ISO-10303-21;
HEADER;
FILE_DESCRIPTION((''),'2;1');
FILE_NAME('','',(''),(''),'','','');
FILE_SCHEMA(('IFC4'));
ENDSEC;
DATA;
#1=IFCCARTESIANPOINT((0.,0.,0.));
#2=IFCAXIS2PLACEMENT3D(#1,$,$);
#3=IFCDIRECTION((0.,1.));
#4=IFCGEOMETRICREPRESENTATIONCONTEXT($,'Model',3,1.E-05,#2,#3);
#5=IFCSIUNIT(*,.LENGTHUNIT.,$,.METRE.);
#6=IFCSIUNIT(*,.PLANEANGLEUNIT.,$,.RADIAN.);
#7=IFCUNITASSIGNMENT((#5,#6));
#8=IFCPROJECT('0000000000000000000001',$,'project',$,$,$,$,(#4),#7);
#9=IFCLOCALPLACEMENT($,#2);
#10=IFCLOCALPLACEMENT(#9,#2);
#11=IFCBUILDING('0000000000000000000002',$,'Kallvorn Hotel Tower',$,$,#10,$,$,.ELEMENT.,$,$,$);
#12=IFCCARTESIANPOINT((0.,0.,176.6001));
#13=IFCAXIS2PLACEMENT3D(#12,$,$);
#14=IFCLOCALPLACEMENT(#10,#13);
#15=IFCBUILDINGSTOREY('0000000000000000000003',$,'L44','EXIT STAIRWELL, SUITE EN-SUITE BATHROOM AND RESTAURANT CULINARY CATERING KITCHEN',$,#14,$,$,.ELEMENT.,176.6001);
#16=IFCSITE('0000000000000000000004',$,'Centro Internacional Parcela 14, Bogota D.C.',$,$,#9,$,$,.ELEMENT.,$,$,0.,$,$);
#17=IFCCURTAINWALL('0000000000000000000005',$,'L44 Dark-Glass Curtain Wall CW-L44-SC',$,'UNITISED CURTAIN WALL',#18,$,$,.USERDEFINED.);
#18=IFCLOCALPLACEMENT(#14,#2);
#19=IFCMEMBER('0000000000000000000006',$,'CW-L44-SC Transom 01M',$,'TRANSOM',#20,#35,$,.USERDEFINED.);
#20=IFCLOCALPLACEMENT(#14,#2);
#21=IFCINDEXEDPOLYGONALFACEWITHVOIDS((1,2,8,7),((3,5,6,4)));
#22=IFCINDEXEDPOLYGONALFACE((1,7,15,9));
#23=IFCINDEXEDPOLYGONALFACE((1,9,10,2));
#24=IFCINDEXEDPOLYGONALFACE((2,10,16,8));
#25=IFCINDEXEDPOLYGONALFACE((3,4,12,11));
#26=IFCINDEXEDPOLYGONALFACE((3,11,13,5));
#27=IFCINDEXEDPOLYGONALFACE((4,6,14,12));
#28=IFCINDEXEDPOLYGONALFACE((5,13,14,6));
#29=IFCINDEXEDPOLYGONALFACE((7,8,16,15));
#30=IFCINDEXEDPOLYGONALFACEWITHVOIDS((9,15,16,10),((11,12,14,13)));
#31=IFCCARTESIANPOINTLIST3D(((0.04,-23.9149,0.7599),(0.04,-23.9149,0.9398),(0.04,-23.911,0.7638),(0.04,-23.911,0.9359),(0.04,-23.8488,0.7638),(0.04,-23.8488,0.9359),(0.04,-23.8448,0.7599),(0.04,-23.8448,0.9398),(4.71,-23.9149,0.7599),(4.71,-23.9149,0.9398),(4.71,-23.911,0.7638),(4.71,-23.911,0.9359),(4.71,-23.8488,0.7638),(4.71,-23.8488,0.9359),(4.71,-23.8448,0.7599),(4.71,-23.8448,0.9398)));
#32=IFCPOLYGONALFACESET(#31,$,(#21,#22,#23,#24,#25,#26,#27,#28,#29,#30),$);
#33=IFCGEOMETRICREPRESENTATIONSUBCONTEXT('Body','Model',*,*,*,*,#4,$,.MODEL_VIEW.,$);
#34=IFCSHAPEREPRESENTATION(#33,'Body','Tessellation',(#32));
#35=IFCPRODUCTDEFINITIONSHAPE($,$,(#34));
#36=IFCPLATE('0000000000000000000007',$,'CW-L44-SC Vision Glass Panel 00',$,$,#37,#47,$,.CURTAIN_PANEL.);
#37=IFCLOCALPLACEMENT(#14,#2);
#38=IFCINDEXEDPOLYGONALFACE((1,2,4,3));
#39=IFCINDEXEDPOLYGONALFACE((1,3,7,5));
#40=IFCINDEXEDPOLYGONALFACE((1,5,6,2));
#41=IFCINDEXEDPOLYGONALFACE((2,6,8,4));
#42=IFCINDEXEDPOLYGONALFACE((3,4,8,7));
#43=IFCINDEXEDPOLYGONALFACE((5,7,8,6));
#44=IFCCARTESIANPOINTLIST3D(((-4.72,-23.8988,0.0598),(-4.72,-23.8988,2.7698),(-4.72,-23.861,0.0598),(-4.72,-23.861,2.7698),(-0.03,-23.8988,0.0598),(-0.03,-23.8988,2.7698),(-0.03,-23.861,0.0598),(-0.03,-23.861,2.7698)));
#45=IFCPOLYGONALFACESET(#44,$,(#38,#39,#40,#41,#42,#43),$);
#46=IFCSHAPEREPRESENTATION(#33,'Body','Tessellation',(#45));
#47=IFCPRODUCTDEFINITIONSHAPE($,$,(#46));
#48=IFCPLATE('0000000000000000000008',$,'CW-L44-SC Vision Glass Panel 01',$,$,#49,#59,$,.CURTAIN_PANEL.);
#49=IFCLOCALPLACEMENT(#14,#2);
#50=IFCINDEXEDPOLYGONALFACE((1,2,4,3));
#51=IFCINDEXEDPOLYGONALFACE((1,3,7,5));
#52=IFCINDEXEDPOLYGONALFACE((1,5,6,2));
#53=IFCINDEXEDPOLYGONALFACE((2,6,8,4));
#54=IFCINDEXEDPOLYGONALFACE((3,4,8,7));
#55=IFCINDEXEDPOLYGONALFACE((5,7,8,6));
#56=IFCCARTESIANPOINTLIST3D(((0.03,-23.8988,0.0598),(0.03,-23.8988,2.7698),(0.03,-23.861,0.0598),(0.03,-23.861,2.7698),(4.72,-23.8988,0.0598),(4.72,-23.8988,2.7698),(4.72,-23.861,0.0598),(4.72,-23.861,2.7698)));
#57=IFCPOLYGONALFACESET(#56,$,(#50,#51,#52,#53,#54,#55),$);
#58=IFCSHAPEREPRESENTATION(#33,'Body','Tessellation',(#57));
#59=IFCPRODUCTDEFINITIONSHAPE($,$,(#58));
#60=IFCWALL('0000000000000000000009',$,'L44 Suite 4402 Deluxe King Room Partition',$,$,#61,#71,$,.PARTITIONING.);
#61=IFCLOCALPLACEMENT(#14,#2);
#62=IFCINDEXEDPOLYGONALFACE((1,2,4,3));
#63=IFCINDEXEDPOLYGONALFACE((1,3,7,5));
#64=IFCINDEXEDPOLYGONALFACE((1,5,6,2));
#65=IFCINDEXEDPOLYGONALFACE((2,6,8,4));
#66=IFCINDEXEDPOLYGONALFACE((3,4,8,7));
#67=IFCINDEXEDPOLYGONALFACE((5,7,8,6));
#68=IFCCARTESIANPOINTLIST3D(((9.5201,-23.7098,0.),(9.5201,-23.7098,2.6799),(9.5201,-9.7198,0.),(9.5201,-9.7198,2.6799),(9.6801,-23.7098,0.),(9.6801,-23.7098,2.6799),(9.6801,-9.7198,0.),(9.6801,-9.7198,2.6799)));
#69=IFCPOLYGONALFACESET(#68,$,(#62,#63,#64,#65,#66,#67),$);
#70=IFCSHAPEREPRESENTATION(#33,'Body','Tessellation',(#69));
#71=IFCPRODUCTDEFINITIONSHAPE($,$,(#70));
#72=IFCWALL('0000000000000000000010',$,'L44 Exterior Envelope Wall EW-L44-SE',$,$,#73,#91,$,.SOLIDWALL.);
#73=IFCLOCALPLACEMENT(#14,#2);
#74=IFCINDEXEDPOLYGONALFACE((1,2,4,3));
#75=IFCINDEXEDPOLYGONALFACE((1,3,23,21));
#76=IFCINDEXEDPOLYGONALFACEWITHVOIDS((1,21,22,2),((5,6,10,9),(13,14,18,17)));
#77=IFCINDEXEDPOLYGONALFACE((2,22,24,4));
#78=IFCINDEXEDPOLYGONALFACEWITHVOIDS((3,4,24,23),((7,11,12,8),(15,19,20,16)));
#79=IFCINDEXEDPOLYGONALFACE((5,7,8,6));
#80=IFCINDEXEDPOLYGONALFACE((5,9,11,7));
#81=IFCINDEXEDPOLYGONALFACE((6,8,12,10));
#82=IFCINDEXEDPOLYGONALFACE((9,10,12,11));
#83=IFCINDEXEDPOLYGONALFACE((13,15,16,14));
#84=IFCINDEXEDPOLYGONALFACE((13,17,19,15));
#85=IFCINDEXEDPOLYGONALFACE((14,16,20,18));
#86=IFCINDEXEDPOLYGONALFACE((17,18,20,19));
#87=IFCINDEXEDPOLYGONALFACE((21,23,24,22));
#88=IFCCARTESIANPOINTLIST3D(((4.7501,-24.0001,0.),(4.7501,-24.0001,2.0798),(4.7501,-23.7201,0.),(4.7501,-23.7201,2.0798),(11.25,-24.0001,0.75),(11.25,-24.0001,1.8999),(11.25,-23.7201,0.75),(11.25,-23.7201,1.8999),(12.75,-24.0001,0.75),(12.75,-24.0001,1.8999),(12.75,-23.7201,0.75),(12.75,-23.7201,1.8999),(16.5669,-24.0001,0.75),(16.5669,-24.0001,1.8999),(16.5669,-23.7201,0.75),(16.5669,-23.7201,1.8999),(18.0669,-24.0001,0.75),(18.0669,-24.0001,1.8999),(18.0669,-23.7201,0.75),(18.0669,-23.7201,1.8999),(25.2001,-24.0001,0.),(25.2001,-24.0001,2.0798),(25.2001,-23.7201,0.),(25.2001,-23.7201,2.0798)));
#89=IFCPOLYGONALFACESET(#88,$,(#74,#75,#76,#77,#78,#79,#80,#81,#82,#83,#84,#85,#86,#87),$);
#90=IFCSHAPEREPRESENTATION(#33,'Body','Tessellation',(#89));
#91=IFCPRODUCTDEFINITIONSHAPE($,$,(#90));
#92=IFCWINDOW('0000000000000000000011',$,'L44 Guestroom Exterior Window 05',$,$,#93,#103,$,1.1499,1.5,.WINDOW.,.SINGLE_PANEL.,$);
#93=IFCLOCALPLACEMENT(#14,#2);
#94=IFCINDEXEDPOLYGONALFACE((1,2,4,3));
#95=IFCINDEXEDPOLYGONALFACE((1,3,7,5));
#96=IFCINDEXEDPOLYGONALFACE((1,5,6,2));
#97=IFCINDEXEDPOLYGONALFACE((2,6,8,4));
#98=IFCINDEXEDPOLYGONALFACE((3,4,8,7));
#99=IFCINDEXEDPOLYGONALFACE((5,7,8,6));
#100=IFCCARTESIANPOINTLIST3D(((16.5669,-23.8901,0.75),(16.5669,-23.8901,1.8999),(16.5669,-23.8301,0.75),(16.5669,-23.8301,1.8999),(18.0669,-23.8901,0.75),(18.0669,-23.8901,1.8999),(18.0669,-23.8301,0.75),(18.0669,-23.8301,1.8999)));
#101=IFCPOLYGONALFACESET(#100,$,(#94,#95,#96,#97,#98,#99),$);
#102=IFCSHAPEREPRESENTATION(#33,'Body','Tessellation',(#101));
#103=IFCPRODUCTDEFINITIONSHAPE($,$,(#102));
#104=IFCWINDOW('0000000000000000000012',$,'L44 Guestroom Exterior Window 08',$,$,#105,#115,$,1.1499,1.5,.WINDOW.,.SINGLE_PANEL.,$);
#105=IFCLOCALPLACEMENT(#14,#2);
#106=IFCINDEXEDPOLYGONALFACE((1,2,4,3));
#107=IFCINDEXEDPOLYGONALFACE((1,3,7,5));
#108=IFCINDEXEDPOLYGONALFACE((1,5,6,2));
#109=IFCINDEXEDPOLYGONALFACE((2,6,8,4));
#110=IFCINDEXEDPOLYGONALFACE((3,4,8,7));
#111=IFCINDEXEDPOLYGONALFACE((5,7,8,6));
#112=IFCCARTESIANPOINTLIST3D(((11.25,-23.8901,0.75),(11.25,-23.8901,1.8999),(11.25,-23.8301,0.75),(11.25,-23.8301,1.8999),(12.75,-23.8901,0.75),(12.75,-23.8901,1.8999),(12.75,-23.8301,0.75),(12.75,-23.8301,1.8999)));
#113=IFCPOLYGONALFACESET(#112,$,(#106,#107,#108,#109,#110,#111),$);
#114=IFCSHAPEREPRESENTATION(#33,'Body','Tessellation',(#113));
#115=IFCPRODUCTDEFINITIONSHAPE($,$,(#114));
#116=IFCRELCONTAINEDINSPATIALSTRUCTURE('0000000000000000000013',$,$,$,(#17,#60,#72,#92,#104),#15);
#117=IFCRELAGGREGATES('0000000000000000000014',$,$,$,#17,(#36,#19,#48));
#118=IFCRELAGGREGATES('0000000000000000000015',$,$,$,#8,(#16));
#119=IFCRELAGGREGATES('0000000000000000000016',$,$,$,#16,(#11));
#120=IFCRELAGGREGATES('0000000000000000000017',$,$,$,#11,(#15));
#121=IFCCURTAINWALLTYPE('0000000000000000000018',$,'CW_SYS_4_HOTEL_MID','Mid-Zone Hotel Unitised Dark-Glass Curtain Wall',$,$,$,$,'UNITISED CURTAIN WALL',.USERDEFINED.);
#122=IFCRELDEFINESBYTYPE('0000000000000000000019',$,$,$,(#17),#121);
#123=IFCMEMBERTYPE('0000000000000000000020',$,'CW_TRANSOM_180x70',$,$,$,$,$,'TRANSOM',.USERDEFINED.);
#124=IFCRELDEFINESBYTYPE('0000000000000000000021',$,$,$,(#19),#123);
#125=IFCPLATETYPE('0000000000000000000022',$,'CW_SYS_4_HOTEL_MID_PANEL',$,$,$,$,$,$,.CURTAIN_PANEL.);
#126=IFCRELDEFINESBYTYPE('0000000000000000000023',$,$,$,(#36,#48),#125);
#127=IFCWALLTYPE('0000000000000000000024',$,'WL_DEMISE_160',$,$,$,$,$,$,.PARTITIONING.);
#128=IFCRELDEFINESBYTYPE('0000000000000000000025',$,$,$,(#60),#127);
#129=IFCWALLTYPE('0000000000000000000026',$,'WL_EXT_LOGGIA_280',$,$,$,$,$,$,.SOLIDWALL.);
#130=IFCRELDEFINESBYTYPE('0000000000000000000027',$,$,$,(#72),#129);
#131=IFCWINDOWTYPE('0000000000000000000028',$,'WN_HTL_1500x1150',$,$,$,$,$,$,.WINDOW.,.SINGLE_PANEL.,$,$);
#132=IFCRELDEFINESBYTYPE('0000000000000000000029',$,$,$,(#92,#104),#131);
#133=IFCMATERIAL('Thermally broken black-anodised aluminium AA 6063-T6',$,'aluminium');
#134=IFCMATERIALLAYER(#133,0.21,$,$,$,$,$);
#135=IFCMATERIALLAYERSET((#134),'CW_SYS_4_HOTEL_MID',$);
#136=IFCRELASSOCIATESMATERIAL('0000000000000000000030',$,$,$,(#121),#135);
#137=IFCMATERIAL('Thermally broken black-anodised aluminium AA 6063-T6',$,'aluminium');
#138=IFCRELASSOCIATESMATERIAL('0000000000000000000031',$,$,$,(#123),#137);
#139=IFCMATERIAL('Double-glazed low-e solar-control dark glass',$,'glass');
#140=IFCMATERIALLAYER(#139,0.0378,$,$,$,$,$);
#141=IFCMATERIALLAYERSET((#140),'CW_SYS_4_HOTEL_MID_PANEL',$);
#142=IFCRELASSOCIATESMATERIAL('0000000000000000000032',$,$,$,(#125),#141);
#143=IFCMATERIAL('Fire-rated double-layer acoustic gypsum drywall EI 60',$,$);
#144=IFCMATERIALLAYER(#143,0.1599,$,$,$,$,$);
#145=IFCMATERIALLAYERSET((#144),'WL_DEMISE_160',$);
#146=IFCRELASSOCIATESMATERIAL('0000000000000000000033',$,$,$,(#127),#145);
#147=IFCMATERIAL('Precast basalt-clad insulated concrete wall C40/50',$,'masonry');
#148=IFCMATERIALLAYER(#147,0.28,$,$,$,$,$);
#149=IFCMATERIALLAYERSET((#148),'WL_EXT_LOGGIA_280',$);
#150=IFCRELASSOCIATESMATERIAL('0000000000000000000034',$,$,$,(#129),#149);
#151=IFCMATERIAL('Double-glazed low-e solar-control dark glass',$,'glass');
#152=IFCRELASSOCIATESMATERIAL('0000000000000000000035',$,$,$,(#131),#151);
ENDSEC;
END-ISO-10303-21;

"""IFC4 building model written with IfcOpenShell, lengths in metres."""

from ifc_helpers import new_model, si_unit, direction, frame, frame_2d, origin, origin_2d, place, context, subcontext, project, spatial, rectangle, hollow_rectangle, extrude, material, layer, layer_set, material_profile, profile_set, type_object, element, fill, aggregate, save


model = new_model("IFC4")

# Units and contexts
model_context = context("Model", 3, precision=1e-05, world=origin(), true_north=direction((0.0, 1.0)))
body_context = subcontext(model_context, "Body", "Model", "MODEL_VIEW")
ifc_project = project(units=[si_unit("LENGTHUNIT", "METRE"), si_unit("PLANEANGLEUNIT", "RADIAN")], contexts=[model_context])

# Site, building, storey
site_placement = place(None, origin())
site = spatial("IfcSite", under=ifc_project, at=site_placement, Name="Centro Internacional Parcela 14, Bogota D.C.", CompositionType="ELEMENT", RefElevation=0.0)
building_placement = place(site_placement, origin())
building = spatial("IfcBuilding", under=site, at=building_placement, Name="Kallvorn Hotel Tower", CompositionType="ELEMENT")
storey_placement = place(building_placement, frame((0.0, 0.0, 176.6001)))
storey = spatial("IfcBuildingStorey", under=building, at=storey_placement, Name="L44", Description="EXIT STAIRWELL, SUITE EN-SUITE BATHROOM AND RESTAURANT CULINARY CATERING KITCHEN", CompositionType="ELEMENT", Elevation=176.6001)

# Curtain wall, member, plates
ifc_material_1 = material(Name="Thermally broken black-anodised aluminium AA 6063-T6", Category="aluminium")
ifc_layer_1 = layer(ifc_material_1, 0.21)
ifc_layer_set_1 = layer_set([ifc_layer_1], Name="CW_SYS_4_HOTEL_MID")
curtain_wall_type = type_object("IfcCurtainWallType", Name="CW_SYS_4_HOTEL_MID", Description="Mid-Zone Hotel Unitised Dark-Glass Curtain Wall", ElementType="UNITISED CURTAIN WALL", PredefinedType="USERDEFINED", material=ifc_layer_set_1)
curtain_wall_placement = place(storey_placement, origin())
curtain_wall = element("IfcCurtainWall", 1, at=curtain_wall_placement, inside=storey, type_object=curtain_wall_type, Name="L44 Dark-Glass Curtain Wall CW-L44-SC", ObjectType="UNITISED CURTAIN WALL", PredefinedType="USERDEFINED")
ifc_material_2 = material(Name="Thermally broken black-anodised aluminium AA 6063-T6", Category="aluminium")
ifc_material_profile_1 = material_profile(ifc_material_2, hollow_rectangle(XDim=0.0701, YDim=0.1799, WallThickness=0.0039, at=origin_2d()), Name="TRN 180x70")
ifc_profile_set_1 = profile_set([ifc_material_profile_1], Name="Thermally broken black-anodised aluminium AA 6063-T6")
member_type_1 = type_object("IfcMemberType", Name="CW_TRANSOM_180x70", ElementType="TRANSOM", PredefinedType="USERDEFINED", material=ifc_profile_set_1)
member_1_placement = place(storey_placement, frame((0.04, -23.8799, 0.8499), z_axis=(1.0, 0.0, 0.0), x_axis=(0.0, 1.0, 0.0)))
member_1 = element("IfcMember", 2, at=member_1_placement, type_object=member_type_1, Name="CW-L44-SC Transom 01M", ObjectType="TRANSOM", PredefinedType="USERDEFINED", context=body_context, shape_type="SweptSolid", body=[
    extrude(hollow_rectangle(XDim=0.0701, YDim=0.1799, WallThickness=0.0039, at=origin_2d()), origin(), (0.0, 0.0, 1.0), 4.6699),
])
ifc_material_3 = material(Name="Double-glazed low-e solar-control dark glass", Category="glass")
ifc_layer_2 = layer(ifc_material_3, 0.0378)
ifc_layer_set_2 = layer_set([ifc_layer_2], Name="CW_SYS_4_HOTEL_MID_PANEL")
plate_type = type_object("IfcPlateType", Name="CW_SYS_4_HOTEL_MID_PANEL", PredefinedType="CURTAIN_PANEL", material=ifc_layer_set_2)
plate_1_placement = place(storey_placement, frame((-2.375, -23.8799, 0.0598), z_axis=(0.0, 0.0, 1.0), x_axis=(1.0, 0.0, 0.0)))
plate_1 = element("IfcPlate", 3, at=plate_1_placement, type_object=plate_type, Name="CW-L44-SC Vision Glass Panel 00", PredefinedType="CURTAIN_PANEL", context=body_context, shape_type="SweptSolid", body=[
    extrude(rectangle(XDim=4.6899, YDim=0.0378, at=origin_2d()), origin(), (0.0, 0.0, 1.0), 2.71),
])
plate_2_placement = place(storey_placement, frame((2.375, -23.8799, 0.0598), z_axis=(0.0, 0.0, 1.0), x_axis=(1.0, 0.0, 0.0)))
plate_2 = element("IfcPlate", 4, at=plate_2_placement, type_object=plate_type, Name="CW-L44-SC Vision Glass Panel 01", PredefinedType="CURTAIN_PANEL", context=body_context, shape_type="SweptSolid", body=[
    extrude(rectangle(XDim=4.6899, YDim=0.0378, at=origin_2d()), origin(), (0.0, 0.0, 1.0), 2.71),
])
aggregate(curtain_wall, [plate_1, member_1, plate_2])

# Wall
ifc_material_4 = material(Name="Fire-rated double-layer acoustic gypsum drywall EI 60")
ifc_layer_3 = layer(ifc_material_4, 0.1599)
ifc_layer_set_3 = layer_set([ifc_layer_3], Name="WL_DEMISE_160")
wall_type_1 = type_object("IfcWallType", Name="WL_DEMISE_160", PredefinedType="PARTITIONING", material=ifc_layer_set_3)
wall_1_placement = place(storey_placement, frame((9.6001, -23.71, 0.0), z_axis=(0.0, 0.0, 1.0), x_axis=(0.0, 1.0, 0.0)))
element("IfcWall", 5, at=wall_1_placement, inside=storey, type_object=wall_type_1, Name="L44 Suite 4402 Deluxe King Room Partition", PredefinedType="PARTITIONING", context=body_context, shape_type="SweptSolid", body=[
    extrude(rectangle(XDim=13.99, YDim=0.1599, at=frame_2d((6.9951, 0.0))), origin(), (0.0, 0.0, 1.0), 2.6799),
])

# Wall, openings, windows
ifc_material_5 = material(Name="Precast basalt-clad insulated concrete wall C40/50", Category="masonry")
ifc_layer_4 = layer(ifc_material_5, 0.28)
ifc_layer_set_4 = layer_set([ifc_layer_4], Name="WL_EXT_LOGGIA_280")
wall_type_2 = type_object("IfcWallType", Name="WL_EXT_LOGGIA_280", PredefinedType="SOLIDWALL", material=ifc_layer_set_4)
wall_2_placement = place(storey_placement, frame((4.75, -23.8601, 0.0), z_axis=(0.0, 0.0, 1.0), x_axis=(1.0, 0.0, 0.0)))
wall_2 = element("IfcWall", 6, at=wall_2_placement, inside=storey, type_object=wall_type_2, Name="L44 Exterior Envelope Wall EW-L44-SE", PredefinedType="SOLIDWALL", context=body_context, shape_type="SweptSolid", body=[
    extrude(rectangle(XDim=20.45, YDim=0.28, at=frame_2d((10.2251, 0.0))), origin(), (0.0, 0.0, 1.0), 2.0798),
])
opening_1_placement = place(wall_2_placement, frame((11.8169, 0.0, 0.75)))
opening_1 = element("IfcOpeningElement", 7, at=opening_1_placement, cuts=wall_2, PredefinedType="OPENING", context=body_context, shape_type="SweptSolid", body=[
    extrude(rectangle(XDim=1.5, YDim=1.1499, at=frame_2d((0.75, 0.575))), frame((0.0, 0.155, 0.0), z_axis=(0.0, -1.0, 0.0), x_axis=(1.0, 0.0, 0.0)), (0.0, 0.0, 1.0), 0.3101),
])
opening_2_placement = place(wall_2_placement, frame((6.5, 0.0, 0.75)))
opening_2 = element("IfcOpeningElement", 8, at=opening_2_placement, cuts=wall_2, PredefinedType="OPENING", context=body_context, shape_type="SweptSolid", body=[
    extrude(rectangle(XDim=1.5, YDim=1.1499, at=frame_2d((0.75, 0.575))), frame((0.0, 0.155, 0.0), z_axis=(0.0, -1.0, 0.0), x_axis=(1.0, 0.0, 0.0)), (0.0, 0.0, 1.0), 0.3101),
])
ifc_material_6 = material(Name="Double-glazed low-e solar-control dark glass", Category="glass")
window_type = type_object("IfcWindowType", Name="WN_HTL_1500x1150", PartitioningType="SINGLE_PANEL", PredefinedType="WINDOW", material=ifc_material_6)
window_1_placement = place(opening_1_placement, origin())
window_1 = element("IfcWindow", 9, at=window_1_placement, inside=storey, type_object=window_type, Name="L44 Guestroom Exterior Window 05", OverallHeight=1.1499, OverallWidth=1.5, PartitioningType="SINGLE_PANEL", PredefinedType="WINDOW", context=body_context, shape_type="SweptSolid", body=[
    extrude(rectangle(XDim=1.5, YDim=1.1499, at=frame_2d((0.75, 0.575))), frame((0.0, 0.03, 0.0), z_axis=(0.0, -1.0, 0.0), x_axis=(1.0, 0.0, 0.0)), (0.0, 0.0, 1.0), 0.0601),
])
fill(opening_1, window_1)
window_2_placement = place(opening_2_placement, origin())
window_2 = element("IfcWindow", 10, at=window_2_placement, inside=storey, type_object=window_type, Name="L44 Guestroom Exterior Window 08", OverallHeight=1.1499, OverallWidth=1.5, PartitioningType="SINGLE_PANEL", PredefinedType="WINDOW", context=body_context, shape_type="SweptSolid", body=[
    extrude(rectangle(XDim=1.5, YDim=1.1499, at=frame_2d((0.75, 0.575))), frame((0.0, 0.03, 0.0), z_axis=(0.0, -1.0, 0.0), x_axis=(1.0, 0.0, 0.0)), (0.0, 0.0, 1.0), 0.0601),
])
fill(opening_2, window_2)

save(model, "model.ifc")
